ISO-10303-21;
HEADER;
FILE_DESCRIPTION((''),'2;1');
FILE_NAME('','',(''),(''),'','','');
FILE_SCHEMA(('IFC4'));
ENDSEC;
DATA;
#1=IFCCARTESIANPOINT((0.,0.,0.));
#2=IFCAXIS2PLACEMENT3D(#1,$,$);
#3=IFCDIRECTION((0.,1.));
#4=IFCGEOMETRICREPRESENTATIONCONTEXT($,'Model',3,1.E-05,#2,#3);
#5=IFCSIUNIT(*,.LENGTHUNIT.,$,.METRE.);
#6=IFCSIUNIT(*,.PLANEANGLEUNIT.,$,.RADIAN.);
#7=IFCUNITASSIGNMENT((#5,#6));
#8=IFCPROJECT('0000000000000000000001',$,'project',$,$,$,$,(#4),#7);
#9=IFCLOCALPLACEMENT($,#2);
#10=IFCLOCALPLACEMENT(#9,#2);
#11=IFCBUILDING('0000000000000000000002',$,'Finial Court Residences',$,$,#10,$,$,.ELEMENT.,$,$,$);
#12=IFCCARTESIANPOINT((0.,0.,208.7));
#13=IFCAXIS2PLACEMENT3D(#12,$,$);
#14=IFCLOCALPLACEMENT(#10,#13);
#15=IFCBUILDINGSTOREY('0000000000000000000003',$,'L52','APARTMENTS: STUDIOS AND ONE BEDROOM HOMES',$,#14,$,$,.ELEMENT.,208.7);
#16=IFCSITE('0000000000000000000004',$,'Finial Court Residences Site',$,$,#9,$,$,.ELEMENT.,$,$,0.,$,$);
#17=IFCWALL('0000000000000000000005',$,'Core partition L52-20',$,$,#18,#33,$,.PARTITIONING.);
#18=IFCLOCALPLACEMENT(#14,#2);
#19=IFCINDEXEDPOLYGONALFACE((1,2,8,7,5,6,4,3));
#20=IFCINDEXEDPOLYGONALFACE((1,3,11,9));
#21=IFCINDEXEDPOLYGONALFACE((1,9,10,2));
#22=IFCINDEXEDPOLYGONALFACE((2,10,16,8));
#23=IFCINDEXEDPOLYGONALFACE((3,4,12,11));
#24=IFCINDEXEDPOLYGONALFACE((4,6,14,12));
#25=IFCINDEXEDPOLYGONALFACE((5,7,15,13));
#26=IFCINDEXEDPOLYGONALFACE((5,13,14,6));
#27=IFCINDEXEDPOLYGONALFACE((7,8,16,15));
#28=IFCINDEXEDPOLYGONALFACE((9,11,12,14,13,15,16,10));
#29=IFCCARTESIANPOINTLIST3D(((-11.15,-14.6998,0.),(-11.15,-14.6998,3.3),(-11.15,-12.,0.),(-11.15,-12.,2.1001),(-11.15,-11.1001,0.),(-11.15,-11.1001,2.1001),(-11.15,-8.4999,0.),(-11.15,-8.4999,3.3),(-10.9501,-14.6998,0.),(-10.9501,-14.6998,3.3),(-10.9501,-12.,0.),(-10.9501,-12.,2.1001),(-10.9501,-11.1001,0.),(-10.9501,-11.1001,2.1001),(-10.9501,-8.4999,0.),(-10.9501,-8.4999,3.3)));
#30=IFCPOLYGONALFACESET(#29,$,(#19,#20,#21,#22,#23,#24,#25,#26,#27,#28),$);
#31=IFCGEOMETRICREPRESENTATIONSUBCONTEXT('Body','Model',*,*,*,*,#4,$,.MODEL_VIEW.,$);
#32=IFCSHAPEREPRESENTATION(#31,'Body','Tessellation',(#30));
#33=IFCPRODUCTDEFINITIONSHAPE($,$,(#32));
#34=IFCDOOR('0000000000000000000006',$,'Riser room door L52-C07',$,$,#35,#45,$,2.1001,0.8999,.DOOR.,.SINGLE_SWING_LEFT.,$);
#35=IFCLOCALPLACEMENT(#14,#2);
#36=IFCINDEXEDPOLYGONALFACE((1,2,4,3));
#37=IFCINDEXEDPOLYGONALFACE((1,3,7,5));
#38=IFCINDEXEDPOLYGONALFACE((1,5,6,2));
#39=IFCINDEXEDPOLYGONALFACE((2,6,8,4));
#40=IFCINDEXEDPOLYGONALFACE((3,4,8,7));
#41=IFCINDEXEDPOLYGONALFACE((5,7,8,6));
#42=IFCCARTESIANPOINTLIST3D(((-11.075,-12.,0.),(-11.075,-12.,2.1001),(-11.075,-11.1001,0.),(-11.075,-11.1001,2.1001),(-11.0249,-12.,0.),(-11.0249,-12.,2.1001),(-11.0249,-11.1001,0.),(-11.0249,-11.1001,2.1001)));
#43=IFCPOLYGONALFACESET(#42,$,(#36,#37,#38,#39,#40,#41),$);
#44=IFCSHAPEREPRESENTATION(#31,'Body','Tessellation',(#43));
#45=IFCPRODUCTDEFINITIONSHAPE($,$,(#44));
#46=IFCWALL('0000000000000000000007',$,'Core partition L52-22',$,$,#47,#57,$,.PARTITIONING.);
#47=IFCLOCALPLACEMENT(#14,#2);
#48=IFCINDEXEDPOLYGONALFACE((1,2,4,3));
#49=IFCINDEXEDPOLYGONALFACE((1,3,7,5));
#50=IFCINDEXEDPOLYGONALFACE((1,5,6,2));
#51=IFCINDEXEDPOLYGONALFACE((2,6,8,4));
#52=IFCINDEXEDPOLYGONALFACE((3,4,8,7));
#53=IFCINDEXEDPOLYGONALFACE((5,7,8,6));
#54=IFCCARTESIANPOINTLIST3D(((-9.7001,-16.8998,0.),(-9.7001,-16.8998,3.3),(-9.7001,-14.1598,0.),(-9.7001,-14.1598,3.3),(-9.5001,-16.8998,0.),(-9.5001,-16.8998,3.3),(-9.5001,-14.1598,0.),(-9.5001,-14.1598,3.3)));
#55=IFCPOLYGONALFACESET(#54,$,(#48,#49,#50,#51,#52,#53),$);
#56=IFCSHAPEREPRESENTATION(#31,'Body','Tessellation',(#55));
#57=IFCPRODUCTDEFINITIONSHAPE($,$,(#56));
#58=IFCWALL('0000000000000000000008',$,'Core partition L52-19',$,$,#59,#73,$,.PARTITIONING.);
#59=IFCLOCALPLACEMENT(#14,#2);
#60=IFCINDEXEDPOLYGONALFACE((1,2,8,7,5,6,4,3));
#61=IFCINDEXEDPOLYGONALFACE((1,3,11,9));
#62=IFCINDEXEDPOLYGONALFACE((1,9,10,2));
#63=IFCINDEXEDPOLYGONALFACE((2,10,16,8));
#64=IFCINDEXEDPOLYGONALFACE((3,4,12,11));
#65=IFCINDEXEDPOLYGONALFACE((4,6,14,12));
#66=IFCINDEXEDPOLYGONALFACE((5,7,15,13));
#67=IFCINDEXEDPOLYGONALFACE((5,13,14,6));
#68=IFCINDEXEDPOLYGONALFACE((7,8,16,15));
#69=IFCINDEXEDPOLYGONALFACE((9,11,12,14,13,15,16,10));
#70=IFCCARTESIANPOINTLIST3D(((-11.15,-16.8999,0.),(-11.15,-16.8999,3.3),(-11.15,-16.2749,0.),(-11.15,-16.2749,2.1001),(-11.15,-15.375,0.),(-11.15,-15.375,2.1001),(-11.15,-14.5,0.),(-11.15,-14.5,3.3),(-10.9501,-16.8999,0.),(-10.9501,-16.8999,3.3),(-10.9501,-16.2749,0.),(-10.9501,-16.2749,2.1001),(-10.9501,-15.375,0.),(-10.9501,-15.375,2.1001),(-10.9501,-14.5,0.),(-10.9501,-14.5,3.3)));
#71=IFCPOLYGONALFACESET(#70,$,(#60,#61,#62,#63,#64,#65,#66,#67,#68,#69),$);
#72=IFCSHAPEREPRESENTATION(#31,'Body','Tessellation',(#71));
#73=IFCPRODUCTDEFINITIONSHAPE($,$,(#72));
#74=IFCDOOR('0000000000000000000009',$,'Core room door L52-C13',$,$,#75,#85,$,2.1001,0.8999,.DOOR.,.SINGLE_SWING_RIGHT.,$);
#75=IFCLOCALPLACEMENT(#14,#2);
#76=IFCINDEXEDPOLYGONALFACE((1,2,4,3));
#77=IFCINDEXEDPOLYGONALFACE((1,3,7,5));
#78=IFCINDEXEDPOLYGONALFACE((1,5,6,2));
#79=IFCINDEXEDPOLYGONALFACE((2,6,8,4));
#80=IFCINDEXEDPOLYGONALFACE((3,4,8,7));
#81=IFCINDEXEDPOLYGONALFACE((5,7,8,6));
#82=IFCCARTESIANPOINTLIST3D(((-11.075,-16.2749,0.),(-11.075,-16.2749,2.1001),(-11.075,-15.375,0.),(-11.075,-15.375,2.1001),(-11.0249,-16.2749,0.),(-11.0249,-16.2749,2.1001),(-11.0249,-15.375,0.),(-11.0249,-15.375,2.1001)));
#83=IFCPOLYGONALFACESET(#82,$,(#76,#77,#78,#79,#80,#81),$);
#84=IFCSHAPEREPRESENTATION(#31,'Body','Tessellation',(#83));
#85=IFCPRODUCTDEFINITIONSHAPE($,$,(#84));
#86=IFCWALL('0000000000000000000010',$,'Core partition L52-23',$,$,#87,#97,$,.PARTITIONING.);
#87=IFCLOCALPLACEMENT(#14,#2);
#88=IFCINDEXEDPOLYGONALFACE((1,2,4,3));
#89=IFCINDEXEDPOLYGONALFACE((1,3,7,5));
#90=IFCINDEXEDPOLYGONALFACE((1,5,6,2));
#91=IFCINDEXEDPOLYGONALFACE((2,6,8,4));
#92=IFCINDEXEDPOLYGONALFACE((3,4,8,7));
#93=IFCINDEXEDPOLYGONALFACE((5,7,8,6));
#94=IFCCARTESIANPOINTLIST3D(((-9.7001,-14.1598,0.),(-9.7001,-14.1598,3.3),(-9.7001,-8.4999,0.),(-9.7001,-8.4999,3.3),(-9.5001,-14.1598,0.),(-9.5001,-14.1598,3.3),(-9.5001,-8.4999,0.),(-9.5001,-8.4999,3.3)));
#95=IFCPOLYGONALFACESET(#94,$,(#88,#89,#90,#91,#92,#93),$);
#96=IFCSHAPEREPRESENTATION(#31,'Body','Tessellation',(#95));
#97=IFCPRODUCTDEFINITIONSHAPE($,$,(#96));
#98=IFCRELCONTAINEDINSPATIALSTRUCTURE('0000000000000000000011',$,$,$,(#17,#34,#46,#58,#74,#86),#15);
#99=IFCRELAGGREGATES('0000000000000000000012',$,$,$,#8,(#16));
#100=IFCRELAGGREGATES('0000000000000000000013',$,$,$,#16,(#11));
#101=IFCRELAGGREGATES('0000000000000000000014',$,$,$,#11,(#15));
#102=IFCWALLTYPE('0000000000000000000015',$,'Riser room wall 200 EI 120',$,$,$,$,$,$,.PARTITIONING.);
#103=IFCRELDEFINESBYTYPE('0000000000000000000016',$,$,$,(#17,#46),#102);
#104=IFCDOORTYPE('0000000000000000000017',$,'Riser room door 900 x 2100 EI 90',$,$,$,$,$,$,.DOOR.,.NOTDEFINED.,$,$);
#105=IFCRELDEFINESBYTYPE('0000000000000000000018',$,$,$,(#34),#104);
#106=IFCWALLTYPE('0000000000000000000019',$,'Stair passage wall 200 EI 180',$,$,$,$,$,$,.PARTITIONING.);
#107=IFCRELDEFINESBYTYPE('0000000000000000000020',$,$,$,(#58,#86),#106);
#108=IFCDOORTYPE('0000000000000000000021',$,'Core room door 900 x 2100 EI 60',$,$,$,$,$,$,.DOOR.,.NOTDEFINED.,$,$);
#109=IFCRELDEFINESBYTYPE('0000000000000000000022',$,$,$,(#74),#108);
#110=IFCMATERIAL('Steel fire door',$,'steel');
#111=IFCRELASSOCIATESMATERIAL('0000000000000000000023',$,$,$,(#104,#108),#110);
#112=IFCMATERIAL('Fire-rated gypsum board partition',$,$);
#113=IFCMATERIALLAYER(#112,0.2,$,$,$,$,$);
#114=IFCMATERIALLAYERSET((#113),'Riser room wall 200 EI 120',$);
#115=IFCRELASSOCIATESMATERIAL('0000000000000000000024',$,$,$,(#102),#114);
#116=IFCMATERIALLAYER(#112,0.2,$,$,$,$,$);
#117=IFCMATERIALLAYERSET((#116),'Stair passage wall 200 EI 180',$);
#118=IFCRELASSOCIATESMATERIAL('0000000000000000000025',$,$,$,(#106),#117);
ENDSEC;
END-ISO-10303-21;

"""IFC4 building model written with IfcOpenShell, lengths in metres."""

from ifc_helpers import new_model, si_unit, direction, frame, frame_2d, origin, place, context, subcontext, project, spatial, rectangle, extrude, material, layer, layer_set, type_object, element, fill, save


model = new_model("IFC4")

# Units and contexts
model_context = context("Model", 3, precision=1e-05, world=origin(), true_north=direction((0.0, 1.0)))
body_context = subcontext(model_context, "Body", "Model", "MODEL_VIEW")
ifc_project = project(units=[si_unit("LENGTHUNIT", "METRE"), si_unit("PLANEANGLEUNIT", "RADIAN")], contexts=[model_context])

# Site, building, storey
site_placement = place(None, origin())
site = spatial("IfcSite", under=ifc_project, at=site_placement, Name="Finial Court Residences Site", CompositionType="ELEMENT", RefElevation=0.0)
building_placement = place(site_placement, origin())
building = spatial("IfcBuilding", under=site, at=building_placement, Name="Finial Court Residences", CompositionType="ELEMENT")
storey_placement = place(building_placement, frame((0.0, 0.0, 208.7)))
storey = spatial("IfcBuildingStorey", under=building, at=storey_placement, Name="L52", Description="APARTMENTS: STUDIOS AND ONE BEDROOM HOMES", CompositionType="ELEMENT", Elevation=208.7)

# Shared definitions
ifc_material_1 = material(Name="Steel fire door", Category="steel")
door_type_1 = type_object("IfcDoorType", Name="Riser room door 900 x 2100 EI 90", OperationType="NOTDEFINED", PredefinedType="DOOR", material=ifc_material_1)

# Shared definitions
ifc_material_2 = material(Name="Fire-rated gypsum board partition")
ifc_layer_1 = layer(ifc_material_2, 0.2)
ifc_layer_set_1 = layer_set([ifc_layer_1], Name="Riser room wall 200 EI 120")
wall_type_1 = type_object("IfcWallType", Name="Riser room wall 200 EI 120", PredefinedType="PARTITIONING", material=ifc_layer_set_1)

# Wall, opening, door
wall_1_placement = place(storey_placement, frame((-11.05, -14.7, 0.0), z_axis=(0.0, 0.0, 1.0), x_axis=(0.0, 1.0, 0.0)))
wall_1 = element("IfcWall", 1, at=wall_1_placement, inside=storey, type_object=wall_type_1, Name="Core partition L52-20", PredefinedType="PARTITIONING", context=body_context, shape_type="SweptSolid", body=[
    extrude(rectangle(XDim=6.2, YDim=0.2, at=frame_2d((3.1001, 0.0))), origin(), (0.0, 0.0, 1.0), 3.3),
])
opening_1_placement = place(wall_1_placement, frame((2.7, 0.0, 0.0)))
opening_1 = element("IfcOpeningElement", 2, at=opening_1_placement, cuts=wall_1, PredefinedType="OPENING", context=body_context, shape_type="SweptSolid", body=[
    extrude(rectangle(XDim=0.8999, YDim=2.1001, at=frame_2d((0.45, 1.05))), frame((0.0, 0.1099, 0.0), z_axis=(0.0, -1.0, 0.0), x_axis=(1.0, 0.0, 0.0)), (0.0, 0.0, 1.0), 0.22),
])
door_1_placement = place(opening_1_placement, origin())
door_1 = element("IfcDoor", 3, at=door_1_placement, inside=storey, type_object=door_type_1, Name="Riser room door L52-C07", OperationType="SINGLE_SWING_LEFT", OverallHeight=2.1001, OverallWidth=0.8999, PredefinedType="DOOR", context=body_context, shape_type="SweptSolid", body=[
    extrude(rectangle(XDim=0.8999, YDim=2.1001, at=frame_2d((0.45, 1.05))), frame((0.0, 0.0249, 0.0), z_axis=(0.0, -1.0, 0.0), x_axis=(1.0, 0.0, 0.0)), (0.0, 0.0, 1.0), 0.05),
])
fill(opening_1, door_1)

# Wall
wall_2_placement = place(storey_placement, frame((-9.6001, -16.8999, 0.0), z_axis=(0.0, 0.0, 1.0), x_axis=(0.0, 1.0, 0.0)))
element("IfcWall", 4, at=wall_2_placement, inside=storey, type_object=wall_type_1, Name="Core partition L52-22", PredefinedType="PARTITIONING", context=body_context, shape_type="SweptSolid", body=[
    extrude(rectangle(XDim=2.74, YDim=0.2, at=frame_2d((1.3701, 0.0))), origin(), (0.0, 0.0, 1.0), 3.3),
])

# Wall, opening, door
ifc_layer_2 = layer(ifc_material_2, 0.2)
ifc_layer_set_2 = layer_set([ifc_layer_2], Name="Stair passage wall 200 EI 180")
wall_type_2 = type_object("IfcWallType", Name="Stair passage wall 200 EI 180", PredefinedType="PARTITIONING", material=ifc_layer_set_2)
wall_3_placement = place(storey_placement, frame((-11.05, -16.8999, 0.0), z_axis=(0.0, 0.0, 1.0), x_axis=(0.0, 1.0, 0.0)))
wall_3 = element("IfcWall", 5, at=wall_3_placement, inside=storey, type_object=wall_type_2, Name="Core partition L52-19", PredefinedType="PARTITIONING", context=body_context, shape_type="SweptSolid", body=[
    extrude(rectangle(XDim=2.3999, YDim=0.2, at=frame_2d((1.2, 0.0))), origin(), (0.0, 0.0, 1.0), 3.3),
])
opening_2_placement = place(wall_3_placement, frame((0.625, 0.0, 0.0)))
opening_2 = element("IfcOpeningElement", 6, at=opening_2_placement, cuts=wall_3, PredefinedType="OPENING", context=body_context, shape_type="SweptSolid", body=[
    extrude(rectangle(XDim=0.8999, YDim=2.1001, at=frame_2d((0.45, 1.05))), frame((0.0, 0.1099, 0.0), z_axis=(0.0, -1.0, 0.0), x_axis=(1.0, 0.0, 0.0)), (0.0, 0.0, 1.0), 0.22),
])
door_type_2 = type_object("IfcDoorType", Name="Core room door 900 x 2100 EI 60", OperationType="NOTDEFINED", PredefinedType="DOOR", material=ifc_material_1)
door_2_placement = place(opening_2_placement, origin())
door_2 = element("IfcDoor", 7, at=door_2_placement, inside=storey, type_object=door_type_2, Name="Core room door L52-C13", OperationType="SINGLE_SWING_RIGHT", OverallHeight=2.1001, OverallWidth=0.8999, PredefinedType="DOOR", context=body_context, shape_type="SweptSolid", body=[
    extrude(rectangle(XDim=0.8999, YDim=2.1001, at=frame_2d((0.45, 1.05))), frame((0.0, 0.0249, 0.0), z_axis=(0.0, -1.0, 0.0), x_axis=(1.0, 0.0, 0.0)), (0.0, 0.0, 1.0), 0.05),
])
fill(opening_2, door_2)

# Wall
wall_4_placement = place(storey_placement, frame((-9.6001, -14.1599, 0.0), z_axis=(0.0, 0.0, 1.0), x_axis=(0.0, 1.0, 0.0)))
element("IfcWall", 8, at=wall_4_placement, inside=storey, type_object=wall_type_2, Name="Core partition L52-23", PredefinedType="PARTITIONING", context=body_context, shape_type="SweptSolid", body=[
    extrude(rectangle(XDim=5.6599, YDim=0.2, at=frame_2d((2.8301, 0.0))), origin(), (0.0, 0.0, 1.0), 3.3),
])

save(model, "model.ifc")
